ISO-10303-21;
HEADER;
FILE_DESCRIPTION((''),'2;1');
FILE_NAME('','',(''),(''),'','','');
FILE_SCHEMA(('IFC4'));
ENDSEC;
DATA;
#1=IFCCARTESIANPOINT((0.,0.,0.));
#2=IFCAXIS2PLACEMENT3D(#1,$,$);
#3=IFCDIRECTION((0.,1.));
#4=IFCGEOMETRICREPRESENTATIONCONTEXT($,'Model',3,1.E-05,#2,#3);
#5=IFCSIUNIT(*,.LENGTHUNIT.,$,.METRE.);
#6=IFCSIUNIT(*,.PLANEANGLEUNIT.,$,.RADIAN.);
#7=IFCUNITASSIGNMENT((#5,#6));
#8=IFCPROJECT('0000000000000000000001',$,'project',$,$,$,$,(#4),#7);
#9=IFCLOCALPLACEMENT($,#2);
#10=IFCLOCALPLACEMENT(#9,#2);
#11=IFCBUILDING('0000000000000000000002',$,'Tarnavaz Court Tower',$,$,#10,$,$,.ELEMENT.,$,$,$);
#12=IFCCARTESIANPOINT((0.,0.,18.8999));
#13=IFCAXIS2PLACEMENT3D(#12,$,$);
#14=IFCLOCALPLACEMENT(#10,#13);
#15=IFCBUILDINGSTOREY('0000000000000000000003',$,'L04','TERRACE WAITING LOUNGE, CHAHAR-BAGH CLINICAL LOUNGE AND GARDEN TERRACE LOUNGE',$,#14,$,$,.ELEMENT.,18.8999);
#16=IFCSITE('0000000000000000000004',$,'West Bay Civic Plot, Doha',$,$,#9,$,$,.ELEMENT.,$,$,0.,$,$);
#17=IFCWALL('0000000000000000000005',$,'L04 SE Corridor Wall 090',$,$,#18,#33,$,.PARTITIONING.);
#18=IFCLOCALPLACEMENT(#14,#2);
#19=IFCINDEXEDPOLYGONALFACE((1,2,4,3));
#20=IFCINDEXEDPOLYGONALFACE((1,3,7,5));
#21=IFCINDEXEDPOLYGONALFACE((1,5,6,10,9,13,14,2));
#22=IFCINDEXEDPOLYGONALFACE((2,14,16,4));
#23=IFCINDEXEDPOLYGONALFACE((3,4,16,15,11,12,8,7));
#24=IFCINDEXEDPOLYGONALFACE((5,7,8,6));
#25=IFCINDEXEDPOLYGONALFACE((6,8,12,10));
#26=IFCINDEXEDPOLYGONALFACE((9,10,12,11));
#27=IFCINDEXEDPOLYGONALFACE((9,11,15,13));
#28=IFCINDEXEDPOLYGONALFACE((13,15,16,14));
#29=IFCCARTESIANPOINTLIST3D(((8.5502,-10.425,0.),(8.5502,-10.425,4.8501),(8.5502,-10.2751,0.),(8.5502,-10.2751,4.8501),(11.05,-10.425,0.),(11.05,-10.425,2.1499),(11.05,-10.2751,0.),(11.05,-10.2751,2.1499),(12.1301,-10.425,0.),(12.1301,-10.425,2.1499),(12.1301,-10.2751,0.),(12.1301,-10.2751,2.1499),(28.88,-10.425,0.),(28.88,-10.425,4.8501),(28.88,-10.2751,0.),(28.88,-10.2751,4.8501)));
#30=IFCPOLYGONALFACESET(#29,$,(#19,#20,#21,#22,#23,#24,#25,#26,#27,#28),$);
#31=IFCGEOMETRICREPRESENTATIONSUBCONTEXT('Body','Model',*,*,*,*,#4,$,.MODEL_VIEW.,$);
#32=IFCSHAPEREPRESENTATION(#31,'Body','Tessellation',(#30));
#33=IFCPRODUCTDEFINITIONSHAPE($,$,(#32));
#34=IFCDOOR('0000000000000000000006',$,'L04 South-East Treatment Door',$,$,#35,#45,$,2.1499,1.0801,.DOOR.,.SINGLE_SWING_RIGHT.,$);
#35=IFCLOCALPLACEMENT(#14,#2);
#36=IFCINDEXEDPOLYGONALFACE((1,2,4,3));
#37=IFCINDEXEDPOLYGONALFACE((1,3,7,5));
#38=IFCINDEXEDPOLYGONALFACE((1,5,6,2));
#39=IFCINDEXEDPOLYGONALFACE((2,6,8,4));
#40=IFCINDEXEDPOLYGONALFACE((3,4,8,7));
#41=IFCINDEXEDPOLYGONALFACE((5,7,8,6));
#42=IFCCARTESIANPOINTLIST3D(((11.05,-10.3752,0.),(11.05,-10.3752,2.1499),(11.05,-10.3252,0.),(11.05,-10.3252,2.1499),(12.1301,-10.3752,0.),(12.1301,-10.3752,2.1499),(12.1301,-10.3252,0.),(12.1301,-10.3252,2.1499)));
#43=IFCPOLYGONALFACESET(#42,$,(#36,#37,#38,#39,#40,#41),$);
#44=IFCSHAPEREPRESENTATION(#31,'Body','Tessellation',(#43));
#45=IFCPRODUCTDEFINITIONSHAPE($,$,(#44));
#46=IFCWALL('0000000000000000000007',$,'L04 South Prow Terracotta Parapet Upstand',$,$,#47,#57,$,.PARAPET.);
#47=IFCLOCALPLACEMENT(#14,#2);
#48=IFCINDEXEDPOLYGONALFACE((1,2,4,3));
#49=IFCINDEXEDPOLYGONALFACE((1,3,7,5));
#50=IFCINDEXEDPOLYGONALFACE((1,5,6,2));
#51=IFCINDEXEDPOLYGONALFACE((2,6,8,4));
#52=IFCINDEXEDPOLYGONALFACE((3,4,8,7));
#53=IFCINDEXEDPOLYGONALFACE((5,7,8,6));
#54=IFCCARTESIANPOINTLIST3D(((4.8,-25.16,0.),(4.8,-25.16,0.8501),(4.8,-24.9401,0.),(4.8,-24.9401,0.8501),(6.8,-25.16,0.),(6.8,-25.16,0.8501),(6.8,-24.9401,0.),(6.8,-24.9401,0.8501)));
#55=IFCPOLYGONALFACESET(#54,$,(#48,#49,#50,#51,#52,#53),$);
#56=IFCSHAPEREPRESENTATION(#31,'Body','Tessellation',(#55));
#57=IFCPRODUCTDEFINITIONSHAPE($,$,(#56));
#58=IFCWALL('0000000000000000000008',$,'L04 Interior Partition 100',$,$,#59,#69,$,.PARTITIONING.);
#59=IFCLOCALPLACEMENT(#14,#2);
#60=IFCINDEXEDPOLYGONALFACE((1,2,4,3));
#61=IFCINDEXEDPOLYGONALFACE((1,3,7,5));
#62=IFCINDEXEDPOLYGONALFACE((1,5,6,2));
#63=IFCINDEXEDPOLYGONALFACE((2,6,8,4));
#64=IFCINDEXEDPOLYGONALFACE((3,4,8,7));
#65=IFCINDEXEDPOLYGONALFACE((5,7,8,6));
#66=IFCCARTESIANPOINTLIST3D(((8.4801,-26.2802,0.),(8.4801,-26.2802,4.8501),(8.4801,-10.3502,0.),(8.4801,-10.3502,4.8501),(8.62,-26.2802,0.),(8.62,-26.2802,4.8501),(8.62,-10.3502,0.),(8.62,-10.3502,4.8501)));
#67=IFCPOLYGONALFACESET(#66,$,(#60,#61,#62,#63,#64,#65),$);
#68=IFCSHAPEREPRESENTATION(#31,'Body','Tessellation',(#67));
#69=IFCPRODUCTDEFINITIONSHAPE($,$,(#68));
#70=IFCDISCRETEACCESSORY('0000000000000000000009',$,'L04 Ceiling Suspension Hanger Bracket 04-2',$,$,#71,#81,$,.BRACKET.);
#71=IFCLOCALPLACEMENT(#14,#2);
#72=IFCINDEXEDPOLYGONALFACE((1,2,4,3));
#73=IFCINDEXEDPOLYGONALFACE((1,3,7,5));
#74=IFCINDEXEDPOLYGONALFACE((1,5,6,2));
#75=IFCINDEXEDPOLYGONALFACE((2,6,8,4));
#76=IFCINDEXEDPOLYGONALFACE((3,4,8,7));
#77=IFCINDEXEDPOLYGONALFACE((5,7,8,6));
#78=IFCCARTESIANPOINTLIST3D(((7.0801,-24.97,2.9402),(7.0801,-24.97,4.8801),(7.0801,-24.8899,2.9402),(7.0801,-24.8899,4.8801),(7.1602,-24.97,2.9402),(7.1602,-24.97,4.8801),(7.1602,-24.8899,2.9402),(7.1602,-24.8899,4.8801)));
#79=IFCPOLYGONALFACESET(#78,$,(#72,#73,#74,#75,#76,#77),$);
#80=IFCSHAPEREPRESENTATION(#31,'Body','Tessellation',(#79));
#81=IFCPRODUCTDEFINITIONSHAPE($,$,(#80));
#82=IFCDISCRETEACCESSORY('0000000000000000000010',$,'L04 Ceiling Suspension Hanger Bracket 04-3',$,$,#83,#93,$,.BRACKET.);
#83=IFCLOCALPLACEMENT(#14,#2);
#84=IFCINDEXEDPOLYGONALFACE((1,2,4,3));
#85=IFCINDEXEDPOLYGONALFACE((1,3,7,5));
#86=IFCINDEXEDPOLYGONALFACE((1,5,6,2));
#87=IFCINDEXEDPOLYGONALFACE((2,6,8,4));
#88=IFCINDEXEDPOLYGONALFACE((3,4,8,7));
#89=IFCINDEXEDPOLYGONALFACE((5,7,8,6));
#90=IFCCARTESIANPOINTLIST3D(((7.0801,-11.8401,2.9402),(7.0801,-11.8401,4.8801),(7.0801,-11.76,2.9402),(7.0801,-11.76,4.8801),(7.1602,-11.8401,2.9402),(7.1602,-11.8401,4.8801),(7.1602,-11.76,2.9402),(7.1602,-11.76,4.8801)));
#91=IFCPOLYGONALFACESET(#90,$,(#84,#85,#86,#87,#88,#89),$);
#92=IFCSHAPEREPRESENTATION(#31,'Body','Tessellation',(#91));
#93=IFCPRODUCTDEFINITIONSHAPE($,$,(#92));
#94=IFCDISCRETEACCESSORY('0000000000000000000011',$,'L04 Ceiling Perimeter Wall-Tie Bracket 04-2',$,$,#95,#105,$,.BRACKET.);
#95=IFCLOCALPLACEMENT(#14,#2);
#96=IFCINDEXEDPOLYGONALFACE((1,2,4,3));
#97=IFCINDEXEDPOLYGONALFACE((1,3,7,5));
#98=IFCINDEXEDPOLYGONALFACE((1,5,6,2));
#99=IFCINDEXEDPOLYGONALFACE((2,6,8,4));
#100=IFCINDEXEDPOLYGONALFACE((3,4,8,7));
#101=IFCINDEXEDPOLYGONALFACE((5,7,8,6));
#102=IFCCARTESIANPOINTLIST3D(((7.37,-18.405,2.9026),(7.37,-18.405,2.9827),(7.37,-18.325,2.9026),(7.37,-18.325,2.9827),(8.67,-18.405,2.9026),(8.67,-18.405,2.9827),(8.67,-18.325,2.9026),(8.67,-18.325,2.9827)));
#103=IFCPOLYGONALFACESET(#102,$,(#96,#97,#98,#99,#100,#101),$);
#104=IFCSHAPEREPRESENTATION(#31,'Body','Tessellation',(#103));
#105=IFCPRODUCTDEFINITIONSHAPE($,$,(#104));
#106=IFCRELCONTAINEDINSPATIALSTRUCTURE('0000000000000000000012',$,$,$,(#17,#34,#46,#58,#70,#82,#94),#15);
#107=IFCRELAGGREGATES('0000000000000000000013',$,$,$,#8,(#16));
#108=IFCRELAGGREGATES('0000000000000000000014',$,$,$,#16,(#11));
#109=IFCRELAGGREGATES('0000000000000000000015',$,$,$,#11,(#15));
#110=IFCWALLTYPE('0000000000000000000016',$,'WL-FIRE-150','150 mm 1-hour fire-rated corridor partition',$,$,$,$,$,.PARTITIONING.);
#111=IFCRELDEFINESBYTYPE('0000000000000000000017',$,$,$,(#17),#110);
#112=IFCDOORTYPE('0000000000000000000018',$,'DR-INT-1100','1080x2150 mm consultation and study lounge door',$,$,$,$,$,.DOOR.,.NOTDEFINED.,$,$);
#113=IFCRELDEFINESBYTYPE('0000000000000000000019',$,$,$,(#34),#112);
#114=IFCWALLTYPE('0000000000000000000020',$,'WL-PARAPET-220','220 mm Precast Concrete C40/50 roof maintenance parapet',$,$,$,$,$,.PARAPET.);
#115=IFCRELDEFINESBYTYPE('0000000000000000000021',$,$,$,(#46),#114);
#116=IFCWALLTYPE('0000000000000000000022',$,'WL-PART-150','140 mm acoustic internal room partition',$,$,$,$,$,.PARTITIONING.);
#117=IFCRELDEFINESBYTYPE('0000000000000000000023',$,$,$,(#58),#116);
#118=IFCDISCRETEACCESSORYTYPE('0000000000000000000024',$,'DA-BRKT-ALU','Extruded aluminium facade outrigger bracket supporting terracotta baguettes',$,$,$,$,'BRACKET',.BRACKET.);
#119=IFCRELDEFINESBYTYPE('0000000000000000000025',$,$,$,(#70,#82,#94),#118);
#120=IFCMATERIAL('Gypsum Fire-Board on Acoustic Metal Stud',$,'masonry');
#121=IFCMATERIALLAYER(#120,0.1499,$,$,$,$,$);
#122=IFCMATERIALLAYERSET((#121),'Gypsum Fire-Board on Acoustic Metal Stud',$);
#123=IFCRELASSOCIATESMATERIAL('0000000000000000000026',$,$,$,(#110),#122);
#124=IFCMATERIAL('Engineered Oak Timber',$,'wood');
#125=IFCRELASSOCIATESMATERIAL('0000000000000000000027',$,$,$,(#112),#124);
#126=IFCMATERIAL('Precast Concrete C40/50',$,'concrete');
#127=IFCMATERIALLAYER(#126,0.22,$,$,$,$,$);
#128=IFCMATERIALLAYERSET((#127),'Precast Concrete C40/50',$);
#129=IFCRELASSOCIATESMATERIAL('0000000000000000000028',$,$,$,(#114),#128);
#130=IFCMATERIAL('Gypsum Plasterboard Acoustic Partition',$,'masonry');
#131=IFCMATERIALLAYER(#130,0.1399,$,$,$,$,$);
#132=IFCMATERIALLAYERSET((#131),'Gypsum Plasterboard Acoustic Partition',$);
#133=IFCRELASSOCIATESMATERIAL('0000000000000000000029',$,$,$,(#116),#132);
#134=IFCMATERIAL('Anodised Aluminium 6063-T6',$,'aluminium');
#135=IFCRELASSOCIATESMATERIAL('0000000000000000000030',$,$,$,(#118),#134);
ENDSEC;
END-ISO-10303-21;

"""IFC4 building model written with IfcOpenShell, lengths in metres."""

from ifc_helpers import new_model, si_unit, direction, frame, frame_2d, origin, origin_2d, place, context, subcontext, project, spatial, rectangle, extrude, material, layer, layer_set, type_object, element, fill, save


model = new_model("IFC4")

# Units and contexts
model_context = context("Model", 3, precision=1e-05, world=origin(), true_north=direction((0.0, 1.0)))
body_context = subcontext(model_context, "Body", "Model", "MODEL_VIEW")
ifc_project = project(units=[si_unit("LENGTHUNIT", "METRE"), si_unit("PLANEANGLEUNIT", "RADIAN")], contexts=[model_context])

# Site, building, storey
site_placement = place(None, origin())
site = spatial("IfcSite", under=ifc_project, at=site_placement, Name="West Bay Civic Plot, Doha", CompositionType="ELEMENT", RefElevation=0.0)
building_placement = place(site_placement, origin())
building = spatial("IfcBuilding", under=site, at=building_placement, Name="Tarnavaz Court Tower", CompositionType="ELEMENT")
storey_placement = place(building_placement, frame((0.0, 0.0, 18.8999)))
storey = spatial("IfcBuildingStorey", under=building, at=storey_placement, Name="L04", Description="TERRACE WAITING LOUNGE, CHAHAR-BAGH CLINICAL LOUNGE AND GARDEN TERRACE LOUNGE", CompositionType="ELEMENT", Elevation=18.8999)

# Shared definitions
ifc_material_1 = material(Name="Anodised Aluminium 6063-T6", Category="aluminium")

# Wall, opening, door
ifc_material_2 = material(Name="Gypsum Fire-Board on Acoustic Metal Stud", Category="masonry")
ifc_layer_1 = layer(ifc_material_2, 0.1499)
ifc_layer_set_1 = layer_set([ifc_layer_1], Name="Gypsum Fire-Board on Acoustic Metal Stud")
wall_type_1 = type_object("IfcWallType", Name="WL-FIRE-150", Description="150 mm 1-hour fire-rated corridor partition", PredefinedType="PARTITIONING", material=ifc_layer_set_1)
wall_1_placement = place(storey_placement, frame((8.55, -10.3501, 0.0), z_axis=(0.0, 0.0, 1.0), x_axis=(1.0, 0.0, 0.0)))
wall_1 = element("IfcWall", 1, at=wall_1_placement, inside=storey, type_object=wall_type_1, Name="L04 SE Corridor Wall 090", PredefinedType="PARTITIONING", context=body_context, shape_type="SweptSolid", body=[
    extrude(rectangle(XDim=20.3298, YDim=0.1499, at=frame_2d((10.165, 0.0))), origin(), (0.0, 0.0, 1.0), 4.8501),
])
opening_placement = place(wall_1_placement, frame((2.5, 0.0, 0.0)))
opening = element("IfcOpeningElement", 2, at=opening_placement, cuts=wall_1, PredefinedType="OPENING", context=body_context, shape_type="SweptSolid", body=[
    extrude(rectangle(XDim=1.0801, YDim=2.1499, at=frame_2d((0.54, 1.075))), frame((0.0, 0.085, 0.0), z_axis=(0.0, -1.0, 0.0), x_axis=(1.0, 0.0, 0.0)), (0.0, 0.0, 1.0), 0.1699),
])
ifc_material_3 = material(Name="Engineered Oak Timber", Category="wood")
door_type = type_object("IfcDoorType", Name="DR-INT-1100", Description="1080x2150 mm consultation and study lounge door", OperationType="NOTDEFINED", PredefinedType="DOOR", material=ifc_material_3)
door_placement = place(opening_placement, origin())
door = element("IfcDoor", 3, at=door_placement, inside=storey, type_object=door_type, Name="L04 South-East Treatment Door", OperationType="SINGLE_SWING_RIGHT", OverallHeight=2.1499, OverallWidth=1.0801, PredefinedType="DOOR", context=body_context, shape_type="SweptSolid", body=[
    extrude(rectangle(XDim=1.0801, YDim=2.1499, at=frame_2d((0.54, 1.075))), frame((0.0, 0.0249, 0.0), z_axis=(0.0, -1.0, 0.0), x_axis=(1.0, 0.0, 0.0)), (0.0, 0.0, 1.0), 0.05),
])
fill(opening, door)

# Walls
ifc_material_4 = material(Name="Precast Concrete C40/50", Category="concrete")
ifc_layer_2 = layer(ifc_material_4, 0.22)
ifc_layer_set_2 = layer_set([ifc_layer_2], Name="Precast Concrete C40/50")
wall_type_2 = type_object("IfcWallType", Name="WL-PARAPET-220", Description="220 mm Precast Concrete C40/50 roof maintenance parapet", PredefinedType="PARAPET", material=ifc_layer_set_2)
wall_2_placement = place(storey_placement, frame((4.8, -25.05, 0.0), z_axis=(0.0, 0.0, 1.0), x_axis=(1.0, 0.0, 0.0)))
element("IfcWall", 4, at=wall_2_placement, inside=storey, type_object=wall_type_2, Name="L04 South Prow Terracotta Parapet Upstand", PredefinedType="PARAPET", context=body_context, shape_type="SweptSolid", body=[
    extrude(rectangle(XDim=2.0, YDim=0.22, at=frame_2d((1.0, 0.0))), origin(), (0.0, 0.0, 1.0), 0.8501),
])
ifc_material_5 = material(Name="Gypsum Plasterboard Acoustic Partition", Category="masonry")
ifc_layer_3 = layer(ifc_material_5, 0.1399)
ifc_layer_set_3 = layer_set([ifc_layer_3], Name="Gypsum Plasterboard Acoustic Partition")
wall_type_3 = type_object("IfcWallType", Name="WL-PART-150", Description="140 mm acoustic internal room partition", PredefinedType="PARTITIONING", material=ifc_layer_set_3)
wall_3_placement = place(storey_placement, frame((8.55, -26.28, 0.0), z_axis=(0.0, 0.0, 1.0), x_axis=(0.0, 1.0, 0.0)))
element("IfcWall", 5, at=wall_3_placement, inside=storey, type_object=wall_type_3, Name="L04 Interior Partition 100", PredefinedType="PARTITIONING", context=body_context, shape_type="SweptSolid", body=[
    extrude(rectangle(XDim=15.9299, YDim=0.1399, at=frame_2d((7.9648, 0.0))), origin(), (0.0, 0.0, 1.0), 4.8501),
])

# Discrete accessories
discrete_accessory_type = type_object("IfcDiscreteAccessoryType", Name="DA-BRKT-ALU", Description="Extruded aluminium facade outrigger bracket supporting terracotta baguettes", ElementType="BRACKET", PredefinedType="BRACKET", material=ifc_material_1)
for number, where, z_axis, x_axis, name in (
    (6, (7.1201, -24.9299, 2.9402), (0.0, 0.0, 1.0), (1.0, 0.0, 0.0), "L04 Ceiling Suspension Hanger Bracket 04-2"),
    (7, (7.1201, -11.8, 2.9402), (0.0, 0.0, 1.0), (1.0, 0.0, 0.0), "L04 Ceiling Suspension Hanger Bracket 04-3"),
):
    element("IfcDiscreteAccessory", number, at=place(storey_placement, frame(where, z_axis=z_axis, x_axis=x_axis)), inside=storey, type_object=discrete_accessory_type, Name=name, PredefinedType="BRACKET", context=body_context, shape_type="SweptSolid", body=[
        extrude(rectangle(XDim=0.0801, YDim=0.0801, at=origin_2d()), origin(), (0.0, 0.0, 1.0), 1.9399),
    ])
discrete_accessory_placement = place(storey_placement, frame((8.02, -18.365, 2.9026), z_axis=(0.0, 0.0, 1.0), x_axis=(1.0, 0.0, 0.0)))
element("IfcDiscreteAccessory", 8, at=discrete_accessory_placement, inside=storey, type_object=discrete_accessory_type, Name="L04 Ceiling Perimeter Wall-Tie Bracket 04-2", PredefinedType="BRACKET", context=body_context, shape_type="SweptSolid", body=[
    extrude(rectangle(XDim=1.3, YDim=0.0801, at=origin_2d()), origin(), (0.0, 0.0, 1.0), 0.0801),
])

save(model, "model.ifc")
